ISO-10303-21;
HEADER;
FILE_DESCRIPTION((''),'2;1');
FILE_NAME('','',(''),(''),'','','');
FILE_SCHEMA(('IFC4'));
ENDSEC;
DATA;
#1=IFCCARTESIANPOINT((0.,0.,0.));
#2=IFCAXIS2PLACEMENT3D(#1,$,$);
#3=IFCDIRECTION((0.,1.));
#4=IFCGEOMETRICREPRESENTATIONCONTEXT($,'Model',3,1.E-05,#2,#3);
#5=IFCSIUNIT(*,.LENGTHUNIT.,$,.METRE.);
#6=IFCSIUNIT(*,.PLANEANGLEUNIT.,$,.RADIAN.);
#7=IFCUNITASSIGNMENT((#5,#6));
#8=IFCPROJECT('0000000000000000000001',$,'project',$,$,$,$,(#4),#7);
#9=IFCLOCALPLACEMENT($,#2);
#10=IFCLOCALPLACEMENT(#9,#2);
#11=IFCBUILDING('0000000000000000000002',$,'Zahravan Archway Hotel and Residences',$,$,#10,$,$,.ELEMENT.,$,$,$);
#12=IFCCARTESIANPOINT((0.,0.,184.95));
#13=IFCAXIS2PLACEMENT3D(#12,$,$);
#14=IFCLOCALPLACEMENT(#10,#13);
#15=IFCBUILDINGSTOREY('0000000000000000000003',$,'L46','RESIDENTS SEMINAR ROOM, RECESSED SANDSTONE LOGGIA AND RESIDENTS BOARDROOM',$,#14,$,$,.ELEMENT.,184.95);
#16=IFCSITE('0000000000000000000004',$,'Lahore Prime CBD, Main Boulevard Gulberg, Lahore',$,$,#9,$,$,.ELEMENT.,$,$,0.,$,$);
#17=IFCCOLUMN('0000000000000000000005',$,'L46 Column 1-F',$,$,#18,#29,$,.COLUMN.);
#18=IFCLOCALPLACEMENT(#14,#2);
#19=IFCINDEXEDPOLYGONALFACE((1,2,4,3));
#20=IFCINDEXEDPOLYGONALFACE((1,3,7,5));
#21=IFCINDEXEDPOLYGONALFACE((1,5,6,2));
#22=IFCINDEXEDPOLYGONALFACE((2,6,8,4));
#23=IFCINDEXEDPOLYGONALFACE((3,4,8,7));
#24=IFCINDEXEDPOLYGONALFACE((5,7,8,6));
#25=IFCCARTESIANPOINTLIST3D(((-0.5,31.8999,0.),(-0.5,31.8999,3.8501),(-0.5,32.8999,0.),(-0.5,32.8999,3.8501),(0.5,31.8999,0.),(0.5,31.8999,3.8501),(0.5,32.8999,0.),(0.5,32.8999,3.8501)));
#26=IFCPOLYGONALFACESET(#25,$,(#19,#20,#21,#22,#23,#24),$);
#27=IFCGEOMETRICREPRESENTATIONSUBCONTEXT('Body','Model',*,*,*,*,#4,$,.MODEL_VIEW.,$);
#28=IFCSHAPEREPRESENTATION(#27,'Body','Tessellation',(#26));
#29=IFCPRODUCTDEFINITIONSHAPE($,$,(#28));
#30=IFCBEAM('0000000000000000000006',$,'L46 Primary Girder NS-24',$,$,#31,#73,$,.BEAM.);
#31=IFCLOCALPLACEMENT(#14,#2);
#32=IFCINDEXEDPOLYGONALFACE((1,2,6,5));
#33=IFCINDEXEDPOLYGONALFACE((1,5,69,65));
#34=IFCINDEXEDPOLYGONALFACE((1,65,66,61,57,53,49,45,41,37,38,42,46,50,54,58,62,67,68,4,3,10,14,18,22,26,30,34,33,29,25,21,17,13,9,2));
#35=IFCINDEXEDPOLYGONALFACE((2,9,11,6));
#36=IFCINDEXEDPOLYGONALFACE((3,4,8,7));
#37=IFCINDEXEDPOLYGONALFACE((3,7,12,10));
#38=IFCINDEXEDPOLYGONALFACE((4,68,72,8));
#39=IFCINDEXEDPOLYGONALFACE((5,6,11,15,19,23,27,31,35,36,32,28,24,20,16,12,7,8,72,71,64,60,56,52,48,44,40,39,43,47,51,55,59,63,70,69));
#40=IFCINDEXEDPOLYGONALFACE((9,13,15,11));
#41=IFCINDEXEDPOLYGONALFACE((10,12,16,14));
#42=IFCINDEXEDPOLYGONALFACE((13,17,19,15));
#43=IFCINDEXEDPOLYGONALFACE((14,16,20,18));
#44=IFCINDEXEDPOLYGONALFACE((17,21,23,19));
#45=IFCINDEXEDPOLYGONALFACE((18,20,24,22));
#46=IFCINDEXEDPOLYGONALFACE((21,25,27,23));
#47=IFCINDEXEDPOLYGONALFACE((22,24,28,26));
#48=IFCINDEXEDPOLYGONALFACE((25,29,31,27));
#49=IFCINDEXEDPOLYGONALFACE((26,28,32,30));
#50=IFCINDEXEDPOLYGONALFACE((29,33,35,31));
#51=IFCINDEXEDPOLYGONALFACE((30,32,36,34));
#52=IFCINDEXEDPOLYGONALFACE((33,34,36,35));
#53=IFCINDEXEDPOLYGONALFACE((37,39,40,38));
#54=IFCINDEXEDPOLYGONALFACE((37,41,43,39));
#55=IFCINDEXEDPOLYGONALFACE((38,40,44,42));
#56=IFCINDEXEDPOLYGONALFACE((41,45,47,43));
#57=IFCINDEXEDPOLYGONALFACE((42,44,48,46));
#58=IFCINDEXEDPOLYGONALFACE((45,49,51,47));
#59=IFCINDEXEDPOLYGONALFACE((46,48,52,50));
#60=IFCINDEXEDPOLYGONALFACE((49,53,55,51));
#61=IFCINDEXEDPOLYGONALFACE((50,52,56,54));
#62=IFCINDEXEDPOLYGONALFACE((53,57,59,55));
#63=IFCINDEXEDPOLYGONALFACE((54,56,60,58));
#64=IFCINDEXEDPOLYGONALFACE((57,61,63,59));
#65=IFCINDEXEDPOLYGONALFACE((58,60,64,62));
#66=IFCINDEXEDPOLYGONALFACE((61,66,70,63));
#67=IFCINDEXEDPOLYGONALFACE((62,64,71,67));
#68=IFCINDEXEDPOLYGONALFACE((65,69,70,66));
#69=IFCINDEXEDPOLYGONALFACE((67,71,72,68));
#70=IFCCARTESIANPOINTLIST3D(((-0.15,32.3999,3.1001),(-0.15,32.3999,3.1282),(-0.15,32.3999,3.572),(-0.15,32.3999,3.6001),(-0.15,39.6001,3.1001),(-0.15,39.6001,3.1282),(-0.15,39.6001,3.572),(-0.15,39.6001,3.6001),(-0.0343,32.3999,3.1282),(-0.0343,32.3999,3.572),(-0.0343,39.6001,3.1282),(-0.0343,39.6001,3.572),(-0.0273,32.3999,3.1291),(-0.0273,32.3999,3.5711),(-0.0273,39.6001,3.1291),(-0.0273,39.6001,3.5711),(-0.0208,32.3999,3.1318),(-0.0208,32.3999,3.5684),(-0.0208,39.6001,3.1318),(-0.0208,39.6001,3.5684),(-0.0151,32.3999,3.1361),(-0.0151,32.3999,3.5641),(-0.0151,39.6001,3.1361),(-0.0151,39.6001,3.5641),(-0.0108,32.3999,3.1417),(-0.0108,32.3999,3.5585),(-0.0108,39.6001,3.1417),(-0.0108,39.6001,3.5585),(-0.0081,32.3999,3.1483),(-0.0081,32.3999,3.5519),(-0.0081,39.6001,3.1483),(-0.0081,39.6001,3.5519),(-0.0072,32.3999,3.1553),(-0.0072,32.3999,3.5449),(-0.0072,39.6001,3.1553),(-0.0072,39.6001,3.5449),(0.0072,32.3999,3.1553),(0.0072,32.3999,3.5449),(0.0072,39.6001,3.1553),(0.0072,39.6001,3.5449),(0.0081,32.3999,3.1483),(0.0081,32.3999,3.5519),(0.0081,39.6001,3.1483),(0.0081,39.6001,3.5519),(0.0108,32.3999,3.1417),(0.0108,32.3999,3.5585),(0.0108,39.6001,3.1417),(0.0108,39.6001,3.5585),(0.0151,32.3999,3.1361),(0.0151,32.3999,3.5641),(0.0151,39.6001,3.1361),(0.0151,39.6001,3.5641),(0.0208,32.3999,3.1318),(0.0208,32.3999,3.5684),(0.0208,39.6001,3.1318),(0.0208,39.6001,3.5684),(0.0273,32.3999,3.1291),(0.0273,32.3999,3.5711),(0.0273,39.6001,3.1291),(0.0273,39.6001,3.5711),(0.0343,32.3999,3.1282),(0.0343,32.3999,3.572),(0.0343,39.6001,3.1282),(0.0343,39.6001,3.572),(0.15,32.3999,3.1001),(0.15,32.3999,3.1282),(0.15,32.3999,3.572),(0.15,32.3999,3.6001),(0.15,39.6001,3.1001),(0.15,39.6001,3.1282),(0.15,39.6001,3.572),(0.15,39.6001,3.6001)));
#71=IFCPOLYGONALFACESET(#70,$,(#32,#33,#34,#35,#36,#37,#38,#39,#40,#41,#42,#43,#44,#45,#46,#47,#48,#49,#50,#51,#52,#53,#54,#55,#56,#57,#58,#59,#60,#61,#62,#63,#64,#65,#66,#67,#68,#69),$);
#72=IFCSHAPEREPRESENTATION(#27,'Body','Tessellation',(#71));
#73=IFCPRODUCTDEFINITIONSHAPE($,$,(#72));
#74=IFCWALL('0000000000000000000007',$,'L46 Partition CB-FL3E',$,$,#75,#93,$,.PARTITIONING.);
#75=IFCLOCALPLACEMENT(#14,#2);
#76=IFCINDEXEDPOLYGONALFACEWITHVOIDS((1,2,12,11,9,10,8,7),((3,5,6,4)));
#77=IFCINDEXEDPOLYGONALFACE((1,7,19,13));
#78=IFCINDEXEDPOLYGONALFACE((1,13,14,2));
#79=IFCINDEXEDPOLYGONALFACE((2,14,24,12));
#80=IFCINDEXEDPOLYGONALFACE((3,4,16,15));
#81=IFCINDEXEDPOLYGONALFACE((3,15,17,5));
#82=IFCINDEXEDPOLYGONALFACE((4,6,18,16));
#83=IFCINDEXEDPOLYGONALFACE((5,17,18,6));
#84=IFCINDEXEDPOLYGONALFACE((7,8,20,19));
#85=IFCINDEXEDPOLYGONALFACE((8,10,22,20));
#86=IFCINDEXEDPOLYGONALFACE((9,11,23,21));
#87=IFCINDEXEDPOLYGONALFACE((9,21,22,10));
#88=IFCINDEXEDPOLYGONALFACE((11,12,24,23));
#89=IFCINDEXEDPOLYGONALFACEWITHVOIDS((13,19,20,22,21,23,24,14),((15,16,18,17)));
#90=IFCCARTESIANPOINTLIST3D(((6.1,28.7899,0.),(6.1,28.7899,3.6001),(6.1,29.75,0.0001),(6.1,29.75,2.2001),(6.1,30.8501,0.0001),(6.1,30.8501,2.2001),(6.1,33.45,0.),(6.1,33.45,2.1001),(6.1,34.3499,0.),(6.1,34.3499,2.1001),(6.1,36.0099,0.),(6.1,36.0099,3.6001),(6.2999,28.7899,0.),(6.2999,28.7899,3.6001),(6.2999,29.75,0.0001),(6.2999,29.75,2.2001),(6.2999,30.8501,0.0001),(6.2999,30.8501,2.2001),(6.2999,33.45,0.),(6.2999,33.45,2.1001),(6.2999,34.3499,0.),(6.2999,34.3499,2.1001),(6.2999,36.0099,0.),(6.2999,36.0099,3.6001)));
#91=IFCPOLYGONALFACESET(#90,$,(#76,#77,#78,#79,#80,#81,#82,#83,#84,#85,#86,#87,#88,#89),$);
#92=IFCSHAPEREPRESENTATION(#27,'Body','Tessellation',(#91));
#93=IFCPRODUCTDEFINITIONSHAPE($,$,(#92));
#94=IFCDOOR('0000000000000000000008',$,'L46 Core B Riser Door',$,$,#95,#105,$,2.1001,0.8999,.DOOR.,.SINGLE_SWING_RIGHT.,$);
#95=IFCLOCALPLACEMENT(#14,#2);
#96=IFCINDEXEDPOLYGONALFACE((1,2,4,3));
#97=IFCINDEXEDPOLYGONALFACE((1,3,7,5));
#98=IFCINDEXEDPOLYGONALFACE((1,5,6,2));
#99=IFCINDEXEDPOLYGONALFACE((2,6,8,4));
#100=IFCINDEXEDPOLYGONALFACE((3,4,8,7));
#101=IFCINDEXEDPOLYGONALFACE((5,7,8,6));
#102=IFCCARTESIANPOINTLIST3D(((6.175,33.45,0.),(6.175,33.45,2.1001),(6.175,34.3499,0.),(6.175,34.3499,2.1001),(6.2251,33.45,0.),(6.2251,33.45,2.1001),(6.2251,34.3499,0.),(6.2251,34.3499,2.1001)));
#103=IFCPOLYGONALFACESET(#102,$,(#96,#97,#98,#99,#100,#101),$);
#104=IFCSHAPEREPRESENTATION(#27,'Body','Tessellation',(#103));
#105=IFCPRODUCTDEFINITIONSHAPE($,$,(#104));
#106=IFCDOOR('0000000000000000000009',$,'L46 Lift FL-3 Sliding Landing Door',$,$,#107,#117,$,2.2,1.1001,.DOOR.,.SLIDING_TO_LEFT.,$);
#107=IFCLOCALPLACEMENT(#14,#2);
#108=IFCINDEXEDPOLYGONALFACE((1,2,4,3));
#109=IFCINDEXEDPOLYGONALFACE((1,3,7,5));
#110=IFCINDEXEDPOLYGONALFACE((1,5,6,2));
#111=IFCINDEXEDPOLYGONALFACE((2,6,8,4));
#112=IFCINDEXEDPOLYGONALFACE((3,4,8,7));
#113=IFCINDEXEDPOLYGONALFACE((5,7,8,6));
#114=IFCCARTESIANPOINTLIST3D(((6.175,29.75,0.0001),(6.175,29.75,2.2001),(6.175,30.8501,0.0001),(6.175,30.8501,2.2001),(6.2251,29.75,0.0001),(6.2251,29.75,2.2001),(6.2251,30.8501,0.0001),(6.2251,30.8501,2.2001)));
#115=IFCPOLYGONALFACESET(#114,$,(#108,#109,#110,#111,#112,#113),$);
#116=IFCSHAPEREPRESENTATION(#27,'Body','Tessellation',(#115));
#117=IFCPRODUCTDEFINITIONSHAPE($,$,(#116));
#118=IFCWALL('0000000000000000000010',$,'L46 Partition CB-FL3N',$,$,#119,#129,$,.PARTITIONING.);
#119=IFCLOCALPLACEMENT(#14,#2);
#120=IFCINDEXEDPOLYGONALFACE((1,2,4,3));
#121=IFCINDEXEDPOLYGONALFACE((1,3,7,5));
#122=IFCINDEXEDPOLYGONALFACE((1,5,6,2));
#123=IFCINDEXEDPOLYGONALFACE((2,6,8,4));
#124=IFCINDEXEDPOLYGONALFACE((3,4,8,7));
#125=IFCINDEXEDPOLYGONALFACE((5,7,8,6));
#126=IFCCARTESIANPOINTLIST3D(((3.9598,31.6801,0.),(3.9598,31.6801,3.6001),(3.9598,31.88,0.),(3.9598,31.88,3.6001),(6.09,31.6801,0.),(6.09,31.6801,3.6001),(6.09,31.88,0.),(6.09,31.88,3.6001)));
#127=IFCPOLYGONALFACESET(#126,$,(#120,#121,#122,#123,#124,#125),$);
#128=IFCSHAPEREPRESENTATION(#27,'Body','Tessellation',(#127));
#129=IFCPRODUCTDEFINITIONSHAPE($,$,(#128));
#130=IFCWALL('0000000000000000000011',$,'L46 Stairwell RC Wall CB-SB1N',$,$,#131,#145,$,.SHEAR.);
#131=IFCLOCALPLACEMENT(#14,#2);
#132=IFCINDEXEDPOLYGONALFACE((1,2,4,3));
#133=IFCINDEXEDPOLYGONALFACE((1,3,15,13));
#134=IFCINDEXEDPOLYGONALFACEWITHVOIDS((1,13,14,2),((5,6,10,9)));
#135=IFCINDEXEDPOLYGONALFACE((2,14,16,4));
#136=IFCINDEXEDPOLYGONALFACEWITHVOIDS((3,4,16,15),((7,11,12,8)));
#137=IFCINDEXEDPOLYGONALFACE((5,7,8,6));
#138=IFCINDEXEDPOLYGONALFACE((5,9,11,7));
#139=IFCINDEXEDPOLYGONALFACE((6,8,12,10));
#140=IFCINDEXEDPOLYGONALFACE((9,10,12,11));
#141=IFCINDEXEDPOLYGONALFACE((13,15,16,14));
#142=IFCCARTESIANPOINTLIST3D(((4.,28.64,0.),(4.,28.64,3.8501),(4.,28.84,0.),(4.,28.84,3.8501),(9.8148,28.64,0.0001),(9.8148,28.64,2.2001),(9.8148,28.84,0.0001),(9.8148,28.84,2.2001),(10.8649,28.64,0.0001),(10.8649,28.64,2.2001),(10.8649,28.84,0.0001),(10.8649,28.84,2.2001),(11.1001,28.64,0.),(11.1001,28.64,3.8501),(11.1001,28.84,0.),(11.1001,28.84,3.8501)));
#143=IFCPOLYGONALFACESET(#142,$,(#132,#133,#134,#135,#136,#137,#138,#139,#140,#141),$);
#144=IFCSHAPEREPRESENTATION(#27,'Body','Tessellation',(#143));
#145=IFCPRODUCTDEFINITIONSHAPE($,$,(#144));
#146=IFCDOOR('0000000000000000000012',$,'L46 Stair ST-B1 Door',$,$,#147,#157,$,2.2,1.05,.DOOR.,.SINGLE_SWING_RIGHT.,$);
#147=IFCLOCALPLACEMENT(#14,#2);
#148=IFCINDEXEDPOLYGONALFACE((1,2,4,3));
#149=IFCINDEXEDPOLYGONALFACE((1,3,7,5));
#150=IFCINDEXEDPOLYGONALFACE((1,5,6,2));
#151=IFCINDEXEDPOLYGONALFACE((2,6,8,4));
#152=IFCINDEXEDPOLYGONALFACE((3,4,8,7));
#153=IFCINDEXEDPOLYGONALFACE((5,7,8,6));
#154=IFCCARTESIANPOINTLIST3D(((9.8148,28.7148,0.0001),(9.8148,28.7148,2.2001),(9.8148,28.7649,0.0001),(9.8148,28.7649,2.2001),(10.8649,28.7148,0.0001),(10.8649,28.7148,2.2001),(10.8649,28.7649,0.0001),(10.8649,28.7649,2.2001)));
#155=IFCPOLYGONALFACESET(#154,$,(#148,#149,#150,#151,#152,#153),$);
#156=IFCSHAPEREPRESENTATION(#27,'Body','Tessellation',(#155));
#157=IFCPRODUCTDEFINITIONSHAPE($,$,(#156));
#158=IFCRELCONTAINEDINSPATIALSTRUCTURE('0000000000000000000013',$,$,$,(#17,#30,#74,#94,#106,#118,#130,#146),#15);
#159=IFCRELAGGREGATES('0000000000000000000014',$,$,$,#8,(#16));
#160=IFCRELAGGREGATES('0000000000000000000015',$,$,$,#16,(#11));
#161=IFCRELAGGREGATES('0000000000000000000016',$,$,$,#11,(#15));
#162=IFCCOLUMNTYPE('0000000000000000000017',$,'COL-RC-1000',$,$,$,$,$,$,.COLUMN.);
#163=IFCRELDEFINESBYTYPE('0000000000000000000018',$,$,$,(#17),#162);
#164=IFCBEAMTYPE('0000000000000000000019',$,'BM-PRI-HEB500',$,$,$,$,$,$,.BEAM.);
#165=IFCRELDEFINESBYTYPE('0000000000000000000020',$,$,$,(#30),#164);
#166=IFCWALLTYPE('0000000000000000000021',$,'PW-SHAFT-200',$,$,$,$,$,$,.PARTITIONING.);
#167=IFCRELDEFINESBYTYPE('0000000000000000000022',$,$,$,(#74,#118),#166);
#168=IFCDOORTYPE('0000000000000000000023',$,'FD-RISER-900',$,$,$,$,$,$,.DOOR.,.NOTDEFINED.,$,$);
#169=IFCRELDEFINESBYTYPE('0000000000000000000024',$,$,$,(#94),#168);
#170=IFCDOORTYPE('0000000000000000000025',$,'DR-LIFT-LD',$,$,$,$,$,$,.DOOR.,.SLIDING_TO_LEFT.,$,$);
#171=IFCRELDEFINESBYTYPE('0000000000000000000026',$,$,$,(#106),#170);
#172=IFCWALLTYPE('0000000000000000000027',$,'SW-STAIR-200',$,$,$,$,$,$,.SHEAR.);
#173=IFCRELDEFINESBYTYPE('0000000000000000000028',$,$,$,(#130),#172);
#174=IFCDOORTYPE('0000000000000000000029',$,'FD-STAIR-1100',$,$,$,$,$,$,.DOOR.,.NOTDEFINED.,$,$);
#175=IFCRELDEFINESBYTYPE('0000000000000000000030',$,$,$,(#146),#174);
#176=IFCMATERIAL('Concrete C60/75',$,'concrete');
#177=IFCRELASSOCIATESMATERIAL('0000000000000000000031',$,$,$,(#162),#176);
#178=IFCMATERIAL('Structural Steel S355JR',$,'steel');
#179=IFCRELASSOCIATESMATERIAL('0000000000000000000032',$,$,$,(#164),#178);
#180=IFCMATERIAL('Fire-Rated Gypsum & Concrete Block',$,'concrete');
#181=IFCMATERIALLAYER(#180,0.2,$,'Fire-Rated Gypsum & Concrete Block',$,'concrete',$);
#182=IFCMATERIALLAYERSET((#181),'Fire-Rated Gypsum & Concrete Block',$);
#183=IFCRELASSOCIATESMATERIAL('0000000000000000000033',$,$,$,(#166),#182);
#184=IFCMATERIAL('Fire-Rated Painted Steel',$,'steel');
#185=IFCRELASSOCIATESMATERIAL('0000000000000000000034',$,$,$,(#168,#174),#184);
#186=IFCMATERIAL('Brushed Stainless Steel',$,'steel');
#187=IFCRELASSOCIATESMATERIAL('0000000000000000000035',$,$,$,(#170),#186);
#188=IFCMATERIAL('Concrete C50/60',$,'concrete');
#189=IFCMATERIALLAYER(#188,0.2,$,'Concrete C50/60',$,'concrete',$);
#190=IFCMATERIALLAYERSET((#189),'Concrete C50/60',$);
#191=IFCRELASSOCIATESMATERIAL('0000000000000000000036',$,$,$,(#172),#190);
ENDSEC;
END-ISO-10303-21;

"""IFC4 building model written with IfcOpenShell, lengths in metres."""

from ifc_helpers import new_model, si_unit, direction, frame, frame_2d, origin, origin_2d, place, context, subcontext, project, spatial, rectangle, i_section, extrude, source, transform, mapped, material, layer, layer_set, material_profile, profile_set, type_object, type_shapes, element, fill, save


model = new_model("IFC4")

# Units and contexts
model_context = context("Model", 3, precision=1e-05, world=origin(), true_north=direction((0.0, 1.0)))
body_context = subcontext(model_context, "Body", "Model", "MODEL_VIEW")
ifc_project = project(units=[si_unit("LENGTHUNIT", "METRE"), si_unit("PLANEANGLEUNIT", "RADIAN")], contexts=[model_context])

# Site, building, storey
site_placement = place(None, origin())
site = spatial("IfcSite", under=ifc_project, at=site_placement, Name="Lahore Prime CBD, Main Boulevard Gulberg, Lahore", CompositionType="ELEMENT", RefElevation=0.0)
building_placement = place(site_placement, origin())
building = spatial("IfcBuilding", under=site, at=building_placement, Name="Zahravan Archway Hotel and Residences", CompositionType="ELEMENT")
storey_placement = place(building_placement, frame((0.0, 0.0, 184.95)))
storey = spatial("IfcBuildingStorey", under=building, at=storey_placement, Name="L46", Description="RESIDENTS SEMINAR ROOM, RECESSED SANDSTONE LOGGIA AND RESIDENTS BOARDROOM", CompositionType="ELEMENT", Elevation=184.95)

# Column
ifc_material_1 = material(Name="Concrete C60/75", Category="concrete")
ifc_material_profile_1 = material_profile(ifc_material_1, rectangle(XDim=1.0, YDim=1.0, at=origin_2d()), Name="RC-COL-1000x1000", Category="concrete")
ifc_profile_set_1 = profile_set([ifc_material_profile_1], Name="Concrete C60/75")
column_type = type_object("IfcColumnType", Name="COL-RC-1000", PredefinedType="COLUMN", material=ifc_profile_set_1)
shared_shape_1 = source(origin(), body_context, "Body", "SweptSolid", [
    extrude(rectangle(XDim=1.0, YDim=1.0, at=origin_2d()), origin(), (0.0, 0.0, 1.0), 3.8501),
])
column_placement = place(storey_placement, frame((0.0, 32.3999, 0.0), z_axis=(0.0, 0.0, 1.0), x_axis=(1.0, 0.0, 0.0)))
element("IfcColumn", 1, at=column_placement, inside=storey, type_object=column_type, Name="L46 Column 1-F", PredefinedType="COLUMN", context=body_context, shape_type="MappedRepresentation", body=[
    mapped(shared_shape_1, transform((0.0, 0.0, 0.0), scale=1.0)),
])

# Beam
ifc_material_2 = material(Name="Structural Steel S355JR", Category="steel")
ifc_material_profile_2 = material_profile(ifc_material_2, i_section(OverallWidth=0.3, OverallDepth=0.5, WebThickness=0.0144, FlangeThickness=0.0281, FilletRadius=0.0271, at=origin_2d()), Name="HEB 500", Category="steel")
ifc_profile_set_2 = profile_set([ifc_material_profile_2], Name="Structural Steel S355JR")
beam_type = type_object("IfcBeamType", Name="BM-PRI-HEB500", PredefinedType="BEAM", material=ifc_profile_set_2)
shared_shape_2 = source(origin(), body_context, "Body", "SweptSolid", [
    extrude(i_section(OverallWidth=0.3, OverallDepth=0.5, WebThickness=0.0144, FlangeThickness=0.0281, FilletRadius=0.0271, at=origin_2d()), origin(), (0.0, 0.0, 1.0), 7.2002),
])
type_shapes(beam_type, [shared_shape_2])
beam_placement = place(storey_placement, frame((0.0, 32.3999, 3.3501), z_axis=(0.0, 1.0, 0.0), x_axis=(-1.0, 0.0, 0.0)))
element("IfcBeam", 2, at=beam_placement, inside=storey, type_object=beam_type, Name="L46 Primary Girder NS-24", PredefinedType="BEAM", context=body_context, shape_type="MappedRepresentation", body=[
    mapped(shared_shape_2, transform((0.0, 0.0, 0.0), scale=1.0)),
])

# Wall, openings, doors
ifc_material_3 = material(Name="Fire-Rated Gypsum & Concrete Block", Category="concrete")
ifc_layer_1 = layer(ifc_material_3, 0.2, Name="Fire-Rated Gypsum & Concrete Block", Category="concrete")
ifc_layer_set_1 = layer_set([ifc_layer_1], Name="Fire-Rated Gypsum & Concrete Block")
wall_type_1 = type_object("IfcWallType", Name="PW-SHAFT-200", PredefinedType="PARTITIONING", material=ifc_layer_set_1)
wall_1_placement = place(storey_placement, frame((6.2, 28.79, 0.0), z_axis=(0.0, 0.0, 1.0), x_axis=(0.0, 1.0, 0.0)))
wall_1 = element("IfcWall", 3, at=wall_1_placement, inside=storey, type_object=wall_type_1, Name="L46 Partition CB-FL3E", PredefinedType="PARTITIONING", context=body_context, shape_type="SweptSolid", body=[
    extrude(rectangle(XDim=7.22, YDim=0.2, at=frame_2d((3.6099, 0.0))), origin(), (0.0, 0.0, 1.0), 3.6001),
])
opening_1_placement = place(wall_1_placement, frame((4.6599, 0.0, 0.0)))
opening_1 = element("IfcOpeningElement", 4, at=opening_1_placement, cuts=wall_1, PredefinedType="OPENING", context=body_context, shape_type="SweptSolid", body=[
    extrude(rectangle(XDim=0.8999, YDim=2.1001, at=frame_2d((0.45, 1.05))), frame((0.0, 0.1099, 0.0), z_axis=(0.0, -1.0, 0.0), x_axis=(1.0, 0.0, 0.0)), (0.0, 0.0, 1.0), 0.22),
])
opening_2_placement = place(wall_1_placement, frame((0.96, 0.0, 0.0)))
opening_2 = element("IfcOpeningElement", 5, at=opening_2_placement, cuts=wall_1, PredefinedType="OPENING", context=body_context, shape_type="SweptSolid", body=[
    extrude(rectangle(XDim=1.1001, YDim=2.2, at=frame_2d((0.55, 1.1001))), frame((0.0, 0.1099, 0.0), z_axis=(0.0, -1.0, 0.0), x_axis=(1.0, 0.0, 0.0)), (0.0, 0.0, 1.0), 0.22),
])
ifc_material_4 = material(Name="Fire-Rated Painted Steel", Category="steel")
door_type_1 = type_object("IfcDoorType", Name="FD-RISER-900", OperationType="NOTDEFINED", PredefinedType="DOOR", material=ifc_material_4)
shared_shape_3 = source(origin(), body_context, "Body", "SweptSolid", [
    extrude(rectangle(XDim=0.8999, YDim=2.1001, at=frame_2d((0.45, 1.05))), frame((0.0, 0.0249, 0.0), z_axis=(0.0, -1.0, 0.0), x_axis=(1.0, 0.0, 0.0)), (0.0, 0.0, 1.0), 0.05),
])
type_shapes(door_type_1, [shared_shape_3])
door_1_placement = place(opening_1_placement, origin())
door_1 = element("IfcDoor", 6, at=door_1_placement, inside=storey, type_object=door_type_1, Name="L46 Core B Riser Door", OperationType="SINGLE_SWING_RIGHT", OverallHeight=2.1001, OverallWidth=0.8999, PredefinedType="DOOR", context=body_context, shape_type="MappedRepresentation", body=[
    mapped(shared_shape_3, transform((0.0, 0.0, 0.0), scale=1.0)),
])
fill(opening_1, door_1)
ifc_material_5 = material(Name="Brushed Stainless Steel", Category="steel")
door_type_2 = type_object("IfcDoorType", Name="DR-LIFT-LD", OperationType="SLIDING_TO_LEFT", PredefinedType="DOOR", material=ifc_material_5)
shared_shape_4 = source(origin(), body_context, "Body", "SweptSolid", [
    extrude(rectangle(XDim=1.1001, YDim=2.2, at=frame_2d((0.55, 1.1001))), frame((0.0, 0.0249, 0.0), z_axis=(0.0, -1.0, 0.0), x_axis=(1.0, 0.0, 0.0)), (0.0, 0.0, 1.0), 0.05),
])
type_shapes(door_type_2, [shared_shape_4])
door_2_placement = place(opening_2_placement, origin())
door_2 = element("IfcDoor", 7, at=door_2_placement, inside=storey, type_object=door_type_2, Name="L46 Lift FL-3 Sliding Landing Door", OperationType="SLIDING_TO_LEFT", OverallHeight=2.2, OverallWidth=1.1001, PredefinedType="DOOR", context=body_context, shape_type="MappedRepresentation", body=[
    mapped(shared_shape_4, transform((0.0, 0.0, 0.0), scale=1.0)),
])
fill(opening_2, door_2)

# Wall
wall_2_placement = place(storey_placement, frame((3.96, 31.78, 0.0), z_axis=(0.0, 0.0, 1.0), x_axis=(1.0, 0.0, 0.0)))
element("IfcWall", 8, at=wall_2_placement, inside=storey, type_object=wall_type_1, Name="L46 Partition CB-FL3N", PredefinedType="PARTITIONING", context=body_context, shape_type="SweptSolid", body=[
    extrude(rectangle(XDim=2.1301, YDim=0.2, at=frame_2d((1.0649, 0.0))), origin(), (0.0, 0.0, 1.0), 3.6001),
])

# Wall, opening, door
ifc_material_6 = material(Name="Concrete C50/60", Category="concrete")
ifc_layer_2 = layer(ifc_material_6, 0.2, Name="Concrete C50/60", Category="concrete")
ifc_layer_set_2 = layer_set([ifc_layer_2], Name="Concrete C50/60")
wall_type_2 = type_object("IfcWallType", Name="SW-STAIR-200", PredefinedType="SHEAR", material=ifc_layer_set_2)
wall_3_placement = place(storey_placement, frame((4.0, 28.74, 0.0), z_axis=(0.0, 0.0, 1.0), x_axis=(1.0, 0.0, 0.0)))
wall_3 = element("IfcWall", 9, at=wall_3_placement, inside=storey, type_object=wall_type_2, Name="L46 Stairwell RC Wall CB-SB1N", PredefinedType="SHEAR", context=body_context, shape_type="SweptSolid", body=[
    extrude(rectangle(XDim=7.1001, YDim=0.2, at=frame_2d((3.55, 0.0))), origin(), (0.0, 0.0, 1.0), 3.8501),
])
opening_3_placement = place(wall_3_placement, frame((5.8149, 0.0, 0.0)))
opening_3 = element("IfcOpeningElement", 10, at=opening_3_placement, cuts=wall_3, PredefinedType="OPENING", context=body_context, shape_type="SweptSolid", body=[
    extrude(rectangle(XDim=1.05, YDim=2.2, at=frame_2d((0.5249, 1.1001))), frame((0.0, 0.1099, 0.0), z_axis=(0.0, -1.0, 0.0), x_axis=(1.0, 0.0, 0.0)), (0.0, 0.0, 1.0), 0.22),
])
door_type_3 = type_object("IfcDoorType", Name="FD-STAIR-1100", OperationType="NOTDEFINED", PredefinedType="DOOR", material=ifc_material_4)
shared_shape_5 = source(origin(), body_context, "Body", "SweptSolid", [
    extrude(rectangle(XDim=1.05, YDim=2.2, at=frame_2d((0.5249, 1.1001))), frame((0.0, 0.0249, 0.0), z_axis=(0.0, -1.0, 0.0), x_axis=(1.0, 0.0, 0.0)), (0.0, 0.0, 1.0), 0.05),
])
type_shapes(door_type_3, [shared_shape_5])
door_3_placement = place(opening_3_placement, origin())
door_3 = element("IfcDoor", 11, at=door_3_placement, inside=storey, type_object=door_type_3, Name="L46 Stair ST-B1 Door", OperationType="SINGLE_SWING_RIGHT", OverallHeight=2.2, OverallWidth=1.05, PredefinedType="DOOR", context=body_context, shape_type="MappedRepresentation", body=[
    mapped(shared_shape_5, transform((0.0, 0.0, 0.0), scale=1.0)),
])
fill(opening_3, door_3)

save(model, "model.ifc")
